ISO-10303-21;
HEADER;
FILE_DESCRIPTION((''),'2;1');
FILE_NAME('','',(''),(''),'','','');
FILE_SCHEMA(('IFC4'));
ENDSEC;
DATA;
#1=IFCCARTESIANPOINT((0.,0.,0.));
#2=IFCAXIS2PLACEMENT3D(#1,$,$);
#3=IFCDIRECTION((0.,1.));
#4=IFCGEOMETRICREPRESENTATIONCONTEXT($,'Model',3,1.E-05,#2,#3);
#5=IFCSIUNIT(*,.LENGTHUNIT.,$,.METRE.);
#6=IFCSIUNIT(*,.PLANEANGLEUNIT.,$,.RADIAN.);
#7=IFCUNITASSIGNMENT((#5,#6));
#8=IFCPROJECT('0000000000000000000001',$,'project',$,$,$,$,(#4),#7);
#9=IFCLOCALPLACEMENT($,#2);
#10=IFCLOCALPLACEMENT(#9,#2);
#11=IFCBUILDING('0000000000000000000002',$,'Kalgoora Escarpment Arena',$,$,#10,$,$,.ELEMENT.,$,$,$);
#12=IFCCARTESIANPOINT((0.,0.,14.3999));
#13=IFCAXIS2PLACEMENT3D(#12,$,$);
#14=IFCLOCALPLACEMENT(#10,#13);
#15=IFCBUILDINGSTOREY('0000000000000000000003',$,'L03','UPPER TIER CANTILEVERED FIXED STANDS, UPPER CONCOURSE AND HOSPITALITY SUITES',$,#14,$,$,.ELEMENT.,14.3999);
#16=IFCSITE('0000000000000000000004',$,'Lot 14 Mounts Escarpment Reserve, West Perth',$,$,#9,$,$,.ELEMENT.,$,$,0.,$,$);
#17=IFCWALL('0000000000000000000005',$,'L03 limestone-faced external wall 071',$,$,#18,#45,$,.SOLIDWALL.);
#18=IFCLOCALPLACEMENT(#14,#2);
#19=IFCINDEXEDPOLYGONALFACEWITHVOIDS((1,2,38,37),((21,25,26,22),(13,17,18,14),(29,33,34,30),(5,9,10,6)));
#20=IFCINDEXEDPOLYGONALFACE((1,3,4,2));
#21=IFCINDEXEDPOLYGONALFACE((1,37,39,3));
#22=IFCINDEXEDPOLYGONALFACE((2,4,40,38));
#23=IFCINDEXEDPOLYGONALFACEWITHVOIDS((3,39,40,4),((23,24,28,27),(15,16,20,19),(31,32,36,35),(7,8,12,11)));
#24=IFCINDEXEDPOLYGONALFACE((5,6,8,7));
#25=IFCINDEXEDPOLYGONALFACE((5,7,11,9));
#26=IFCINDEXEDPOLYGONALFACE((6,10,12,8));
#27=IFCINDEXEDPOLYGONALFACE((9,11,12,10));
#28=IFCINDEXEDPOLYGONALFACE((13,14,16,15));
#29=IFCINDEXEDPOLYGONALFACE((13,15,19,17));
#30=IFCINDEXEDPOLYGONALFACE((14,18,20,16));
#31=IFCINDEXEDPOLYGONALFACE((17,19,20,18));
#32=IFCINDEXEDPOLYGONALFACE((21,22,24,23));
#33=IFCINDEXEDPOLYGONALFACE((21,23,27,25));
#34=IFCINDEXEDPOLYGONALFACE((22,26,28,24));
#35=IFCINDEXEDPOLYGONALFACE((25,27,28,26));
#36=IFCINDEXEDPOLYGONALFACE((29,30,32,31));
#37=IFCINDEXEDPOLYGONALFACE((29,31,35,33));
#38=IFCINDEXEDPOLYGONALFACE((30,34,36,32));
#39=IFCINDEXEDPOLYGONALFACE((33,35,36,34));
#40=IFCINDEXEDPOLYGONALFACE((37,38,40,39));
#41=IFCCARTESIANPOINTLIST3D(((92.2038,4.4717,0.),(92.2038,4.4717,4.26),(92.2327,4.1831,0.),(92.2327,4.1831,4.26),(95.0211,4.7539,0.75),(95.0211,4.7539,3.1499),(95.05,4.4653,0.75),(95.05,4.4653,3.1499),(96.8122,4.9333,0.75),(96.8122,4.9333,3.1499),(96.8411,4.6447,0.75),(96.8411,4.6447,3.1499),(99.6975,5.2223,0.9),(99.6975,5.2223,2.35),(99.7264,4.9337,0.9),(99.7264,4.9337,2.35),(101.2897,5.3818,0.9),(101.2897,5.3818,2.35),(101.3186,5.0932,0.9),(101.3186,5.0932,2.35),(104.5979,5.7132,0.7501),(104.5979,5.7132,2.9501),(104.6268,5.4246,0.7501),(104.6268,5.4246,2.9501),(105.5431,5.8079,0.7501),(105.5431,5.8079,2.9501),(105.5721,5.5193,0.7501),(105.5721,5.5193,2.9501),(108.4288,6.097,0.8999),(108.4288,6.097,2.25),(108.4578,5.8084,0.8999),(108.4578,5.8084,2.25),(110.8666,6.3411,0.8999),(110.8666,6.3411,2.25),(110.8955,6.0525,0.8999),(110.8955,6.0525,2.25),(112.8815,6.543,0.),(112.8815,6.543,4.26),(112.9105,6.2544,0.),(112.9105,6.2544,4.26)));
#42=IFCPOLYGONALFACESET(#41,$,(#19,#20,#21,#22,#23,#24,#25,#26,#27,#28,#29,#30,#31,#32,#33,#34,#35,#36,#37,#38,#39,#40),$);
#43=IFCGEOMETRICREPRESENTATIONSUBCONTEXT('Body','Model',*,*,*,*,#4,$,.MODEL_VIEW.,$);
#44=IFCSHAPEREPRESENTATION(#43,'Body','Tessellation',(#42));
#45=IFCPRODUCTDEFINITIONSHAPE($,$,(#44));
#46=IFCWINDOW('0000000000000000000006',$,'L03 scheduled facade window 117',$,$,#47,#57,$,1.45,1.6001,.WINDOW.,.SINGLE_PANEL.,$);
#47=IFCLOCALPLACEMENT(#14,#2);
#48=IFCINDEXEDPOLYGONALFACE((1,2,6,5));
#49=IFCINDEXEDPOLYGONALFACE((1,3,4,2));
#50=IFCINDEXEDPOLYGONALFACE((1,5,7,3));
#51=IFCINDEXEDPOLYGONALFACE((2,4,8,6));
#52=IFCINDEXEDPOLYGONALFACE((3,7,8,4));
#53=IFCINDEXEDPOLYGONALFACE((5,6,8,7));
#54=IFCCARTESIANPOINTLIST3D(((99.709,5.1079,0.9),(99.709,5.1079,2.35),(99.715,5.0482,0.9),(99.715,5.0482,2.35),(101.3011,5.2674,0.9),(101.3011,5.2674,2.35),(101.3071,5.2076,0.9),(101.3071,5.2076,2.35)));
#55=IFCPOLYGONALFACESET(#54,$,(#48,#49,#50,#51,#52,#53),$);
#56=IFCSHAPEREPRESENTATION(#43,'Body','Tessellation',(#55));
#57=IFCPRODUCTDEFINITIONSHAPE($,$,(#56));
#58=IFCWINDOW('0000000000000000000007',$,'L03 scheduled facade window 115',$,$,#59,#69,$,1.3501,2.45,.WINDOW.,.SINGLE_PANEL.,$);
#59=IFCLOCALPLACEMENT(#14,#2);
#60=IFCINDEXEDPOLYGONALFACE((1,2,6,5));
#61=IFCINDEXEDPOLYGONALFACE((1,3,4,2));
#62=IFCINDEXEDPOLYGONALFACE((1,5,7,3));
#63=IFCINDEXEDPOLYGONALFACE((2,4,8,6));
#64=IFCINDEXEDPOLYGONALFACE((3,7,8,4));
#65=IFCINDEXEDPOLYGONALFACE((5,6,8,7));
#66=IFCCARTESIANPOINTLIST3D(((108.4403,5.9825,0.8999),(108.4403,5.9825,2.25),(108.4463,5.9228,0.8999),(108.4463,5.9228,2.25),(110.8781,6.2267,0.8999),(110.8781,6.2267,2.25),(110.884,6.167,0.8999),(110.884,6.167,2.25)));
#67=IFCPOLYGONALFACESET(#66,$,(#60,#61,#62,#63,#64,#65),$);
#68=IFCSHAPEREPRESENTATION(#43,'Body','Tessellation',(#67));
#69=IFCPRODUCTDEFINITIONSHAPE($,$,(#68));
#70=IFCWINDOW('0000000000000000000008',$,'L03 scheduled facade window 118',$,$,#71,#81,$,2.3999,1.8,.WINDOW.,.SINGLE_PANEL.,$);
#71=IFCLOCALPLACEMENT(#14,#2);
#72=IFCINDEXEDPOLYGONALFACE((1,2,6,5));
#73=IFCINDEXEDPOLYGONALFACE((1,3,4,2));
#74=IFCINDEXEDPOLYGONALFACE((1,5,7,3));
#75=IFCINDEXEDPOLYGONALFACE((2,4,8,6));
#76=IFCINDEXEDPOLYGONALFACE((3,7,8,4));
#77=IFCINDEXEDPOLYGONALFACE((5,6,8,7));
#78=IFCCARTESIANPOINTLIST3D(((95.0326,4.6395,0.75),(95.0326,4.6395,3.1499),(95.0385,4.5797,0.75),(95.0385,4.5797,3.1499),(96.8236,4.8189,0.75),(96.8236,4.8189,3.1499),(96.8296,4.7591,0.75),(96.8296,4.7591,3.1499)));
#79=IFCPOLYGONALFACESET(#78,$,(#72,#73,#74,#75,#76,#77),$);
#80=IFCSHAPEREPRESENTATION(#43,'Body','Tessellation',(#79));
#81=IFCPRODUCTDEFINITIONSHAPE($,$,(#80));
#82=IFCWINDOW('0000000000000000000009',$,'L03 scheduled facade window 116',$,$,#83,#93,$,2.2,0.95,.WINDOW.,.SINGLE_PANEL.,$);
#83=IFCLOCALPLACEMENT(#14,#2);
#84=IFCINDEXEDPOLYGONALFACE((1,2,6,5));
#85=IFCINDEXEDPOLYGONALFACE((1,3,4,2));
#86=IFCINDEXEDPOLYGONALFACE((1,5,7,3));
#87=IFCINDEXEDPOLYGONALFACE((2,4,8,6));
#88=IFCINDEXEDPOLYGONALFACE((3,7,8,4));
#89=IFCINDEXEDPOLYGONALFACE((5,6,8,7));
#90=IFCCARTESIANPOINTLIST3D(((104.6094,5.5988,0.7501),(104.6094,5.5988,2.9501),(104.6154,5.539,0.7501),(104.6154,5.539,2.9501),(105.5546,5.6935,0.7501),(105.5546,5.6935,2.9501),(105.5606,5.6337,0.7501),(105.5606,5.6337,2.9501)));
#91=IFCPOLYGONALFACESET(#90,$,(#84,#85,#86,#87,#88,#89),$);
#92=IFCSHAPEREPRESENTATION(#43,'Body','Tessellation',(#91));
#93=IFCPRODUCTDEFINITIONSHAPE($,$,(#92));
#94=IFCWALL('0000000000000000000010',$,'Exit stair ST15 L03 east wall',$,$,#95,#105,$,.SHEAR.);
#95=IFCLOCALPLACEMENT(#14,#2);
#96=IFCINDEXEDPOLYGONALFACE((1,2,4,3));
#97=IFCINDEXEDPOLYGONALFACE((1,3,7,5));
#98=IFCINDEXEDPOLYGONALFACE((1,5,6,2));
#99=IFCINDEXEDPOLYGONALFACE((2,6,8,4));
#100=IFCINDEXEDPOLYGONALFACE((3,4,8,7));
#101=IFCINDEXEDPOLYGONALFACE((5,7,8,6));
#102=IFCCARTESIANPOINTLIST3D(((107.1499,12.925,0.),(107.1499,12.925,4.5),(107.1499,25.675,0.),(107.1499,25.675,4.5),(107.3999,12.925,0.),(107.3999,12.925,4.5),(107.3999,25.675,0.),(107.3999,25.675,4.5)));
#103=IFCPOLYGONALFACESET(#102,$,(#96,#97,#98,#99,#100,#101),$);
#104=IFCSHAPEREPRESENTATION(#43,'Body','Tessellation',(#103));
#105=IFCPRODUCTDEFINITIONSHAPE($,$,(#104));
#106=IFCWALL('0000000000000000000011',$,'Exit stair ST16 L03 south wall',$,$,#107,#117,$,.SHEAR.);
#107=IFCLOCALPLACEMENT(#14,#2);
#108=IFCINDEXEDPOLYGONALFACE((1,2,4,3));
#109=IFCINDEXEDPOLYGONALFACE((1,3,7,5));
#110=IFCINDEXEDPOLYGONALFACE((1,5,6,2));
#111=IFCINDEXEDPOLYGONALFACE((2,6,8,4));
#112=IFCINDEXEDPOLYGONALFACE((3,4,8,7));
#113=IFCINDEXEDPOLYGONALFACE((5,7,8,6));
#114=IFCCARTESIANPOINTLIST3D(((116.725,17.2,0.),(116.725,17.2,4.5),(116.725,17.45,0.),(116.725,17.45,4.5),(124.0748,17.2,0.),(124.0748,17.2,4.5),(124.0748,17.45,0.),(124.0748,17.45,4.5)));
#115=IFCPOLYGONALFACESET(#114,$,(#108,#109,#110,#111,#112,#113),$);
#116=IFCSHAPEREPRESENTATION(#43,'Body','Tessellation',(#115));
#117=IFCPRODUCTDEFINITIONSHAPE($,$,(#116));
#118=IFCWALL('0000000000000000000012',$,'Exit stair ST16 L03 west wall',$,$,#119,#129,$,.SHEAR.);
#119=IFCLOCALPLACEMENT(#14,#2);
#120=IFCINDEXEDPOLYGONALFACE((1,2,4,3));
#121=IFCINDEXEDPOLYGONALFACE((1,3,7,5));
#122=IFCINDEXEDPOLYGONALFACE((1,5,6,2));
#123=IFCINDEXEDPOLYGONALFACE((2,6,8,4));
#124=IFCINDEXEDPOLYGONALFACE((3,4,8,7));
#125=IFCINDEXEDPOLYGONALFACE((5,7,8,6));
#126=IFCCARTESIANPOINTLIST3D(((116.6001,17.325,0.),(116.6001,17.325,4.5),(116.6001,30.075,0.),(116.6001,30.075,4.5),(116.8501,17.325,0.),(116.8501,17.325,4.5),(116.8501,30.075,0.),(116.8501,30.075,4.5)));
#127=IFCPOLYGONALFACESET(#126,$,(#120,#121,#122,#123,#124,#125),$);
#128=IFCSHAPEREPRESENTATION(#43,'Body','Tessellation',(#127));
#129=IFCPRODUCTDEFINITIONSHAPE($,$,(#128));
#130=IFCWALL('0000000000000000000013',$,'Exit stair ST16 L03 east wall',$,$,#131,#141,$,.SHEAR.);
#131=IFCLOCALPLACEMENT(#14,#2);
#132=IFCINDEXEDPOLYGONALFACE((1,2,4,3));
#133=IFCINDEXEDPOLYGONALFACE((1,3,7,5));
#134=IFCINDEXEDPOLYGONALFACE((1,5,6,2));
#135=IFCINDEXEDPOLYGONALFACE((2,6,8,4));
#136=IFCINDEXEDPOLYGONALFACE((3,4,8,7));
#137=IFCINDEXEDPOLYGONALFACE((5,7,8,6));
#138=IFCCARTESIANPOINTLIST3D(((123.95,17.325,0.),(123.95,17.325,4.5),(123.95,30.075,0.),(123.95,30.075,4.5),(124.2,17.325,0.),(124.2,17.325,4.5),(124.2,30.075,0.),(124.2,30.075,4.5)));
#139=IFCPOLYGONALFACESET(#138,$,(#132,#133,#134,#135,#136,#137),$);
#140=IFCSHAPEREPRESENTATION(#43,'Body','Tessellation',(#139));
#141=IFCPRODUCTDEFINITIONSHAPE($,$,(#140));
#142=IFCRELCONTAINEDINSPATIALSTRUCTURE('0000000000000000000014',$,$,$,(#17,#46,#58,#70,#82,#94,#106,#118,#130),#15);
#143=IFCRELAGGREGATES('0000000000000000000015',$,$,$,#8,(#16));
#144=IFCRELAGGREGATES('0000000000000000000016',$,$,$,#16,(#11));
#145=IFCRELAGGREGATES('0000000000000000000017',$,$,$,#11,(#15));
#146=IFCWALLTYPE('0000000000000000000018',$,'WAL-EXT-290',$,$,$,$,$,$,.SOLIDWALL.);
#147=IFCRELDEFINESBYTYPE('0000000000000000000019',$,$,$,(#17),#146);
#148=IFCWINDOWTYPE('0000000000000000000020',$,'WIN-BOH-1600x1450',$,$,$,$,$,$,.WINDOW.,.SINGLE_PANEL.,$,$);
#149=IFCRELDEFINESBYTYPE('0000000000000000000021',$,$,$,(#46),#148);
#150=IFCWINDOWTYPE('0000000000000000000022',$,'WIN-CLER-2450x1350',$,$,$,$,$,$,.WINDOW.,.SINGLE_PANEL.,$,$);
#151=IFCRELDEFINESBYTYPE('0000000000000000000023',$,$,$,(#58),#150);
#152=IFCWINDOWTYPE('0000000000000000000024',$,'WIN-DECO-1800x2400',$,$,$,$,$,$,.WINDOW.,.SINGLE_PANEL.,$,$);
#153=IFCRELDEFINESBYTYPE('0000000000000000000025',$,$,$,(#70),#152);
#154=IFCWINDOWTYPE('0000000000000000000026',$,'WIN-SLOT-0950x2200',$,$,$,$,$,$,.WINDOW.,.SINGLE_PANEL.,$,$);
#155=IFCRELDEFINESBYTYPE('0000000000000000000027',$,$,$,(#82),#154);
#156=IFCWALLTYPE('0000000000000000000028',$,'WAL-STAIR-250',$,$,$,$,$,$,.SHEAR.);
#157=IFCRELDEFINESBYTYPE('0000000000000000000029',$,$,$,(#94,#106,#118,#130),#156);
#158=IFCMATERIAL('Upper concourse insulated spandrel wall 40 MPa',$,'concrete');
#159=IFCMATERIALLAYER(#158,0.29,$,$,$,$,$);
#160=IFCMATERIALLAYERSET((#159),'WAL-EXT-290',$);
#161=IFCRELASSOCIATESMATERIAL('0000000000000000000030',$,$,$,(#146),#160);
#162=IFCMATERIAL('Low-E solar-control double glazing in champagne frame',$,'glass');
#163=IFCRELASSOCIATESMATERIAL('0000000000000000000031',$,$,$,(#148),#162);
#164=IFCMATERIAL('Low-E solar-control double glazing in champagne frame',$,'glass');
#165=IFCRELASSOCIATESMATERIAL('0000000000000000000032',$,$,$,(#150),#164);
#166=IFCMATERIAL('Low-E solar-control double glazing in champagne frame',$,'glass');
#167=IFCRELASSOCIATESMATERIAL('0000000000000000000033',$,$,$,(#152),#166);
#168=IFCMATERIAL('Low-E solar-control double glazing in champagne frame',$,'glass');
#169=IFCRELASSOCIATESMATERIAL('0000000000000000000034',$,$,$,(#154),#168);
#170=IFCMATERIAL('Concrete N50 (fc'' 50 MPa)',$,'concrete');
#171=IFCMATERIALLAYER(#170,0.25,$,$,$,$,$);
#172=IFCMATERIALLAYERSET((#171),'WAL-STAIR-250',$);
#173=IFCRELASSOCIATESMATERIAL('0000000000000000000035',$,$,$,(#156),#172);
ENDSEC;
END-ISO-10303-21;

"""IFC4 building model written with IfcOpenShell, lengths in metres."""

from ifc_helpers import new_model, si_unit, direction, frame, frame_2d, origin, place, context, subcontext, project, spatial, rectangle, extrude, material, layer, layer_set, type_object, element, fill, save


model = new_model("IFC4")

# Units and contexts
model_context = context("Model", 3, precision=1e-05, world=origin(), true_north=direction((0.0, 1.0)))
body_context = subcontext(model_context, "Body", "Model", "MODEL_VIEW")
ifc_project = project(units=[si_unit("LENGTHUNIT", "METRE"), si_unit("PLANEANGLEUNIT", "RADIAN")], contexts=[model_context])

# Site, building, storey
site_placement = place(None, origin())
site = spatial("IfcSite", under=ifc_project, at=site_placement, Name="Lot 14 Mounts Escarpment Reserve, West Perth", CompositionType="ELEMENT", RefElevation=0.0)
building_placement = place(site_placement, origin())
building = spatial("IfcBuilding", under=site, at=building_placement, Name="Kalgoora Escarpment Arena", CompositionType="ELEMENT")
storey_placement = place(building_placement, frame((0.0, 0.0, 14.3999)))
storey = spatial("IfcBuildingStorey", under=building, at=storey_placement, Name="L03", Description="UPPER TIER CANTILEVERED FIXED STANDS, UPPER CONCOURSE AND HOSPITALITY SUITES", CompositionType="ELEMENT", Elevation=14.3999)

# Wall, openings, windows
ifc_material_1 = material(Name="Upper concourse insulated spandrel wall 40 MPa", Category="concrete")
ifc_layer_1 = layer(ifc_material_1, 0.29)
ifc_layer_set_1 = layer_set([ifc_layer_1], Name="WAL-EXT-290")
wall_type_1 = type_object("IfcWallType", Name="WAL-EXT-290", PredefinedType="SOLIDWALL", material=ifc_layer_set_1)
wall_1_placement = place(storey_placement, frame((112.896, 6.3987, 0.0), z_axis=(0.0, 0.0, 1.0), x_axis=(-0.99502, -0.099671, 0.0)))
wall_1 = element("IfcWall", 1, at=wall_1_placement, inside=storey, type_object=wall_type_1, Name="L03 limestone-faced external wall 071", PredefinedType="SOLIDWALL", context=body_context, shape_type="SweptSolid", body=[
    extrude(rectangle(XDim=20.7812, YDim=0.29, at=frame_2d((10.3906, 0.0))), origin(), (0.0, 0.0, 1.0), 4.26),
])
opening_1_placement = place(wall_1_placement, frame((2.0249, 0.0, 0.8999)))
opening_1 = element("IfcOpeningElement", 2, at=opening_1_placement, cuts=wall_1, PredefinedType="OPENING", context=body_context, shape_type="SweptSolid", body=[
    extrude(rectangle(XDim=2.45, YDim=1.3501, at=frame_2d((1.2251, 0.675))), frame((0.0, 0.155, 0.0), z_axis=(0.0, -1.0, 0.0), x_axis=(1.0, 0.0, 0.0)), (0.0, 0.0, 1.0), 0.3101),
])
opening_2_placement = place(wall_1_placement, frame((7.375, 0.0, 0.75)))
opening_2 = element("IfcOpeningElement", 3, at=opening_2_placement, cuts=wall_1, PredefinedType="OPENING", context=body_context, shape_type="SweptSolid", body=[
    extrude(rectangle(XDim=0.95, YDim=2.2, at=frame_2d((0.4751, 1.1001))), frame((0.0, 0.155, 0.0), z_axis=(0.0, -1.0, 0.0), x_axis=(1.0, 0.0, 0.0)), (0.0, 0.0, 1.0), 0.3101),
])
opening_3_placement = place(wall_1_placement, frame((11.6499, 0.0, 0.8999)))
opening_3 = element("IfcOpeningElement", 4, at=opening_3_placement, cuts=wall_1, PredefinedType="OPENING", context=body_context, shape_type="SweptSolid", body=[
    extrude(rectangle(XDim=1.6001, YDim=1.45, at=frame_2d((0.8, 0.7251))), frame((0.0, 0.155, 0.0), z_axis=(0.0, -1.0, 0.0), x_axis=(1.0, 0.0, 0.0)), (0.0, 0.0, 1.0), 0.3101),
])
opening_4_placement = place(wall_1_placement, frame((16.1499, 0.0, 0.75)))
opening_4 = element("IfcOpeningElement", 5, at=opening_4_placement, cuts=wall_1, PredefinedType="OPENING", context=body_context, shape_type="SweptSolid", body=[
    extrude(rectangle(XDim=1.8, YDim=2.3999, at=frame_2d((0.8999, 1.2))), frame((0.0, 0.155, 0.0), z_axis=(0.0, -1.0, 0.0), x_axis=(1.0, 0.0, 0.0)), (0.0, 0.0, 1.0), 0.3101),
])
ifc_material_2 = material(Name="Low-E solar-control double glazing in champagne frame", Category="glass")
window_type_1 = type_object("IfcWindowType", Name="WIN-BOH-1600x1450", PartitioningType="SINGLE_PANEL", PredefinedType="WINDOW", material=ifc_material_2)
window_1_placement = place(opening_3_placement, origin())
window_1 = element("IfcWindow", 6, at=window_1_placement, inside=storey, type_object=window_type_1, Name="L03 scheduled facade window 117", OverallHeight=1.45, OverallWidth=1.6001, PartitioningType="SINGLE_PANEL", PredefinedType="WINDOW", context=body_context, shape_type="SweptSolid", body=[
    extrude(rectangle(XDim=1.6001, YDim=1.45, at=frame_2d((0.8, 0.7251))), frame((0.0, 0.03, 0.0), z_axis=(0.0, -1.0, 0.0), x_axis=(1.0, 0.0, 0.0)), (0.0, 0.0, 1.0), 0.0601),
])
fill(opening_3, window_1)
ifc_material_3 = material(Name="Low-E solar-control double glazing in champagne frame", Category="glass")
window_type_2 = type_object("IfcWindowType", Name="WIN-CLER-2450x1350", PartitioningType="SINGLE_PANEL", PredefinedType="WINDOW", material=ifc_material_3)
window_2_placement = place(opening_1_placement, origin())
window_2 = element("IfcWindow", 7, at=window_2_placement, inside=storey, type_object=window_type_2, Name="L03 scheduled facade window 115", OverallHeight=1.3501, OverallWidth=2.45, PartitioningType="SINGLE_PANEL", PredefinedType="WINDOW", context=body_context, shape_type="SweptSolid", body=[
    extrude(rectangle(XDim=2.45, YDim=1.3501, at=frame_2d((1.2251, 0.675))), frame((0.0, 0.03, 0.0), z_axis=(0.0, -1.0, 0.0), x_axis=(1.0, 0.0, 0.0)), (0.0, 0.0, 1.0), 0.0601),
])
fill(opening_1, window_2)
ifc_material_4 = material(Name="Low-E solar-control double glazing in champagne frame", Category="glass")
window_type_3 = type_object("IfcWindowType", Name="WIN-DECO-1800x2400", PartitioningType="SINGLE_PANEL", PredefinedType="WINDOW", material=ifc_material_4)
window_3_placement = place(opening_4_placement, origin())
window_3 = element("IfcWindow", 8, at=window_3_placement, inside=storey, type_object=window_type_3, Name="L03 scheduled facade window 118", OverallHeight=2.3999, OverallWidth=1.8, PartitioningType="SINGLE_PANEL", PredefinedType="WINDOW", context=body_context, shape_type="SweptSolid", body=[
    extrude(rectangle(XDim=1.8, YDim=2.3999, at=frame_2d((0.8999, 1.2))), frame((0.0, 0.03, 0.0), z_axis=(0.0, -1.0, 0.0), x_axis=(1.0, 0.0, 0.0)), (0.0, 0.0, 1.0), 0.0601),
])
fill(opening_4, window_3)
ifc_material_5 = material(Name="Low-E solar-control double glazing in champagne frame", Category="glass")
window_type_4 = type_object("IfcWindowType", Name="WIN-SLOT-0950x2200", PartitioningType="SINGLE_PANEL", PredefinedType="WINDOW", material=ifc_material_5)
window_4_placement = place(opening_2_placement, origin())
window_4 = element("IfcWindow", 9, at=window_4_placement, inside=storey, type_object=window_type_4, Name="L03 scheduled facade window 116", OverallHeight=2.2, OverallWidth=0.95, PartitioningType="SINGLE_PANEL", PredefinedType="WINDOW", context=body_context, shape_type="SweptSolid", body=[
    extrude(rectangle(XDim=0.95, YDim=2.2, at=frame_2d((0.4751, 1.1001))), frame((0.0, 0.03, 0.0), z_axis=(0.0, -1.0, 0.0), x_axis=(1.0, 0.0, 0.0)), (0.0, 0.0, 1.0), 0.0601),
])
fill(opening_2, window_4)

# Walls
ifc_material_6 = material(Name="Concrete N50 (fc' 50 MPa)", Category="concrete")
ifc_layer_2 = layer(ifc_material_6, 0.25)
ifc_layer_set_2 = layer_set([ifc_layer_2], Name="WAL-STAIR-250")
wall_type_2 = type_object("IfcWallType", Name="WAL-STAIR-250", PredefinedType="SHEAR", material=ifc_layer_set_2)
wall_2_placement = place(storey_placement, frame((107.2749, 12.925, 0.0), z_axis=(0.0, 0.0, 1.0), x_axis=(0.0, 1.0, 0.0)))
element("IfcWall", 10, at=wall_2_placement, inside=storey, type_object=wall_type_2, Name="Exit stair ST15 L03 east wall", PredefinedType="SHEAR", context=body_context, shape_type="SweptSolid", body=[
    extrude(rectangle(XDim=12.75, YDim=0.25, at=frame_2d((6.375, 0.0))), origin(), (0.0, 0.0, 1.0), 4.5),
])
wall_3_placement = place(storey_placement, frame((116.7251, 17.325, 0.0), z_axis=(0.0, 0.0, 1.0), x_axis=(1.0, 0.0, 0.0)))
element("IfcWall", 11, at=wall_3_placement, inside=storey, type_object=wall_type_2, Name="Exit stair ST16 L03 south wall", PredefinedType="SHEAR", context=body_context, shape_type="SweptSolid", body=[
    extrude(rectangle(XDim=7.3499, YDim=0.25, at=frame_2d((3.6748, 0.0))), origin(), (0.0, 0.0, 1.0), 4.5),
])
for number, where, z_axis, x_axis, name in (
    (12, (116.7251, 17.325, 0.0), (0.0, 0.0, 1.0), (0.0, 1.0, 0.0), "Exit stair ST16 L03 west wall"),
    (13, (124.075, 17.325, 0.0), (0.0, 0.0, 1.0), (0.0, 1.0, 0.0), "Exit stair ST16 L03 east wall"),
):
    element("IfcWall", number, at=place(storey_placement, frame(where, z_axis=z_axis, x_axis=x_axis)), inside=storey, type_object=wall_type_2, Name=name, PredefinedType="SHEAR", context=body_context, shape_type="SweptSolid", body=[
        extrude(rectangle(XDim=12.75, YDim=0.25, at=frame_2d((6.375, 0.0))), origin(), (0.0, 0.0, 1.0), 4.5),
    ])

save(model, "model.ifc")
